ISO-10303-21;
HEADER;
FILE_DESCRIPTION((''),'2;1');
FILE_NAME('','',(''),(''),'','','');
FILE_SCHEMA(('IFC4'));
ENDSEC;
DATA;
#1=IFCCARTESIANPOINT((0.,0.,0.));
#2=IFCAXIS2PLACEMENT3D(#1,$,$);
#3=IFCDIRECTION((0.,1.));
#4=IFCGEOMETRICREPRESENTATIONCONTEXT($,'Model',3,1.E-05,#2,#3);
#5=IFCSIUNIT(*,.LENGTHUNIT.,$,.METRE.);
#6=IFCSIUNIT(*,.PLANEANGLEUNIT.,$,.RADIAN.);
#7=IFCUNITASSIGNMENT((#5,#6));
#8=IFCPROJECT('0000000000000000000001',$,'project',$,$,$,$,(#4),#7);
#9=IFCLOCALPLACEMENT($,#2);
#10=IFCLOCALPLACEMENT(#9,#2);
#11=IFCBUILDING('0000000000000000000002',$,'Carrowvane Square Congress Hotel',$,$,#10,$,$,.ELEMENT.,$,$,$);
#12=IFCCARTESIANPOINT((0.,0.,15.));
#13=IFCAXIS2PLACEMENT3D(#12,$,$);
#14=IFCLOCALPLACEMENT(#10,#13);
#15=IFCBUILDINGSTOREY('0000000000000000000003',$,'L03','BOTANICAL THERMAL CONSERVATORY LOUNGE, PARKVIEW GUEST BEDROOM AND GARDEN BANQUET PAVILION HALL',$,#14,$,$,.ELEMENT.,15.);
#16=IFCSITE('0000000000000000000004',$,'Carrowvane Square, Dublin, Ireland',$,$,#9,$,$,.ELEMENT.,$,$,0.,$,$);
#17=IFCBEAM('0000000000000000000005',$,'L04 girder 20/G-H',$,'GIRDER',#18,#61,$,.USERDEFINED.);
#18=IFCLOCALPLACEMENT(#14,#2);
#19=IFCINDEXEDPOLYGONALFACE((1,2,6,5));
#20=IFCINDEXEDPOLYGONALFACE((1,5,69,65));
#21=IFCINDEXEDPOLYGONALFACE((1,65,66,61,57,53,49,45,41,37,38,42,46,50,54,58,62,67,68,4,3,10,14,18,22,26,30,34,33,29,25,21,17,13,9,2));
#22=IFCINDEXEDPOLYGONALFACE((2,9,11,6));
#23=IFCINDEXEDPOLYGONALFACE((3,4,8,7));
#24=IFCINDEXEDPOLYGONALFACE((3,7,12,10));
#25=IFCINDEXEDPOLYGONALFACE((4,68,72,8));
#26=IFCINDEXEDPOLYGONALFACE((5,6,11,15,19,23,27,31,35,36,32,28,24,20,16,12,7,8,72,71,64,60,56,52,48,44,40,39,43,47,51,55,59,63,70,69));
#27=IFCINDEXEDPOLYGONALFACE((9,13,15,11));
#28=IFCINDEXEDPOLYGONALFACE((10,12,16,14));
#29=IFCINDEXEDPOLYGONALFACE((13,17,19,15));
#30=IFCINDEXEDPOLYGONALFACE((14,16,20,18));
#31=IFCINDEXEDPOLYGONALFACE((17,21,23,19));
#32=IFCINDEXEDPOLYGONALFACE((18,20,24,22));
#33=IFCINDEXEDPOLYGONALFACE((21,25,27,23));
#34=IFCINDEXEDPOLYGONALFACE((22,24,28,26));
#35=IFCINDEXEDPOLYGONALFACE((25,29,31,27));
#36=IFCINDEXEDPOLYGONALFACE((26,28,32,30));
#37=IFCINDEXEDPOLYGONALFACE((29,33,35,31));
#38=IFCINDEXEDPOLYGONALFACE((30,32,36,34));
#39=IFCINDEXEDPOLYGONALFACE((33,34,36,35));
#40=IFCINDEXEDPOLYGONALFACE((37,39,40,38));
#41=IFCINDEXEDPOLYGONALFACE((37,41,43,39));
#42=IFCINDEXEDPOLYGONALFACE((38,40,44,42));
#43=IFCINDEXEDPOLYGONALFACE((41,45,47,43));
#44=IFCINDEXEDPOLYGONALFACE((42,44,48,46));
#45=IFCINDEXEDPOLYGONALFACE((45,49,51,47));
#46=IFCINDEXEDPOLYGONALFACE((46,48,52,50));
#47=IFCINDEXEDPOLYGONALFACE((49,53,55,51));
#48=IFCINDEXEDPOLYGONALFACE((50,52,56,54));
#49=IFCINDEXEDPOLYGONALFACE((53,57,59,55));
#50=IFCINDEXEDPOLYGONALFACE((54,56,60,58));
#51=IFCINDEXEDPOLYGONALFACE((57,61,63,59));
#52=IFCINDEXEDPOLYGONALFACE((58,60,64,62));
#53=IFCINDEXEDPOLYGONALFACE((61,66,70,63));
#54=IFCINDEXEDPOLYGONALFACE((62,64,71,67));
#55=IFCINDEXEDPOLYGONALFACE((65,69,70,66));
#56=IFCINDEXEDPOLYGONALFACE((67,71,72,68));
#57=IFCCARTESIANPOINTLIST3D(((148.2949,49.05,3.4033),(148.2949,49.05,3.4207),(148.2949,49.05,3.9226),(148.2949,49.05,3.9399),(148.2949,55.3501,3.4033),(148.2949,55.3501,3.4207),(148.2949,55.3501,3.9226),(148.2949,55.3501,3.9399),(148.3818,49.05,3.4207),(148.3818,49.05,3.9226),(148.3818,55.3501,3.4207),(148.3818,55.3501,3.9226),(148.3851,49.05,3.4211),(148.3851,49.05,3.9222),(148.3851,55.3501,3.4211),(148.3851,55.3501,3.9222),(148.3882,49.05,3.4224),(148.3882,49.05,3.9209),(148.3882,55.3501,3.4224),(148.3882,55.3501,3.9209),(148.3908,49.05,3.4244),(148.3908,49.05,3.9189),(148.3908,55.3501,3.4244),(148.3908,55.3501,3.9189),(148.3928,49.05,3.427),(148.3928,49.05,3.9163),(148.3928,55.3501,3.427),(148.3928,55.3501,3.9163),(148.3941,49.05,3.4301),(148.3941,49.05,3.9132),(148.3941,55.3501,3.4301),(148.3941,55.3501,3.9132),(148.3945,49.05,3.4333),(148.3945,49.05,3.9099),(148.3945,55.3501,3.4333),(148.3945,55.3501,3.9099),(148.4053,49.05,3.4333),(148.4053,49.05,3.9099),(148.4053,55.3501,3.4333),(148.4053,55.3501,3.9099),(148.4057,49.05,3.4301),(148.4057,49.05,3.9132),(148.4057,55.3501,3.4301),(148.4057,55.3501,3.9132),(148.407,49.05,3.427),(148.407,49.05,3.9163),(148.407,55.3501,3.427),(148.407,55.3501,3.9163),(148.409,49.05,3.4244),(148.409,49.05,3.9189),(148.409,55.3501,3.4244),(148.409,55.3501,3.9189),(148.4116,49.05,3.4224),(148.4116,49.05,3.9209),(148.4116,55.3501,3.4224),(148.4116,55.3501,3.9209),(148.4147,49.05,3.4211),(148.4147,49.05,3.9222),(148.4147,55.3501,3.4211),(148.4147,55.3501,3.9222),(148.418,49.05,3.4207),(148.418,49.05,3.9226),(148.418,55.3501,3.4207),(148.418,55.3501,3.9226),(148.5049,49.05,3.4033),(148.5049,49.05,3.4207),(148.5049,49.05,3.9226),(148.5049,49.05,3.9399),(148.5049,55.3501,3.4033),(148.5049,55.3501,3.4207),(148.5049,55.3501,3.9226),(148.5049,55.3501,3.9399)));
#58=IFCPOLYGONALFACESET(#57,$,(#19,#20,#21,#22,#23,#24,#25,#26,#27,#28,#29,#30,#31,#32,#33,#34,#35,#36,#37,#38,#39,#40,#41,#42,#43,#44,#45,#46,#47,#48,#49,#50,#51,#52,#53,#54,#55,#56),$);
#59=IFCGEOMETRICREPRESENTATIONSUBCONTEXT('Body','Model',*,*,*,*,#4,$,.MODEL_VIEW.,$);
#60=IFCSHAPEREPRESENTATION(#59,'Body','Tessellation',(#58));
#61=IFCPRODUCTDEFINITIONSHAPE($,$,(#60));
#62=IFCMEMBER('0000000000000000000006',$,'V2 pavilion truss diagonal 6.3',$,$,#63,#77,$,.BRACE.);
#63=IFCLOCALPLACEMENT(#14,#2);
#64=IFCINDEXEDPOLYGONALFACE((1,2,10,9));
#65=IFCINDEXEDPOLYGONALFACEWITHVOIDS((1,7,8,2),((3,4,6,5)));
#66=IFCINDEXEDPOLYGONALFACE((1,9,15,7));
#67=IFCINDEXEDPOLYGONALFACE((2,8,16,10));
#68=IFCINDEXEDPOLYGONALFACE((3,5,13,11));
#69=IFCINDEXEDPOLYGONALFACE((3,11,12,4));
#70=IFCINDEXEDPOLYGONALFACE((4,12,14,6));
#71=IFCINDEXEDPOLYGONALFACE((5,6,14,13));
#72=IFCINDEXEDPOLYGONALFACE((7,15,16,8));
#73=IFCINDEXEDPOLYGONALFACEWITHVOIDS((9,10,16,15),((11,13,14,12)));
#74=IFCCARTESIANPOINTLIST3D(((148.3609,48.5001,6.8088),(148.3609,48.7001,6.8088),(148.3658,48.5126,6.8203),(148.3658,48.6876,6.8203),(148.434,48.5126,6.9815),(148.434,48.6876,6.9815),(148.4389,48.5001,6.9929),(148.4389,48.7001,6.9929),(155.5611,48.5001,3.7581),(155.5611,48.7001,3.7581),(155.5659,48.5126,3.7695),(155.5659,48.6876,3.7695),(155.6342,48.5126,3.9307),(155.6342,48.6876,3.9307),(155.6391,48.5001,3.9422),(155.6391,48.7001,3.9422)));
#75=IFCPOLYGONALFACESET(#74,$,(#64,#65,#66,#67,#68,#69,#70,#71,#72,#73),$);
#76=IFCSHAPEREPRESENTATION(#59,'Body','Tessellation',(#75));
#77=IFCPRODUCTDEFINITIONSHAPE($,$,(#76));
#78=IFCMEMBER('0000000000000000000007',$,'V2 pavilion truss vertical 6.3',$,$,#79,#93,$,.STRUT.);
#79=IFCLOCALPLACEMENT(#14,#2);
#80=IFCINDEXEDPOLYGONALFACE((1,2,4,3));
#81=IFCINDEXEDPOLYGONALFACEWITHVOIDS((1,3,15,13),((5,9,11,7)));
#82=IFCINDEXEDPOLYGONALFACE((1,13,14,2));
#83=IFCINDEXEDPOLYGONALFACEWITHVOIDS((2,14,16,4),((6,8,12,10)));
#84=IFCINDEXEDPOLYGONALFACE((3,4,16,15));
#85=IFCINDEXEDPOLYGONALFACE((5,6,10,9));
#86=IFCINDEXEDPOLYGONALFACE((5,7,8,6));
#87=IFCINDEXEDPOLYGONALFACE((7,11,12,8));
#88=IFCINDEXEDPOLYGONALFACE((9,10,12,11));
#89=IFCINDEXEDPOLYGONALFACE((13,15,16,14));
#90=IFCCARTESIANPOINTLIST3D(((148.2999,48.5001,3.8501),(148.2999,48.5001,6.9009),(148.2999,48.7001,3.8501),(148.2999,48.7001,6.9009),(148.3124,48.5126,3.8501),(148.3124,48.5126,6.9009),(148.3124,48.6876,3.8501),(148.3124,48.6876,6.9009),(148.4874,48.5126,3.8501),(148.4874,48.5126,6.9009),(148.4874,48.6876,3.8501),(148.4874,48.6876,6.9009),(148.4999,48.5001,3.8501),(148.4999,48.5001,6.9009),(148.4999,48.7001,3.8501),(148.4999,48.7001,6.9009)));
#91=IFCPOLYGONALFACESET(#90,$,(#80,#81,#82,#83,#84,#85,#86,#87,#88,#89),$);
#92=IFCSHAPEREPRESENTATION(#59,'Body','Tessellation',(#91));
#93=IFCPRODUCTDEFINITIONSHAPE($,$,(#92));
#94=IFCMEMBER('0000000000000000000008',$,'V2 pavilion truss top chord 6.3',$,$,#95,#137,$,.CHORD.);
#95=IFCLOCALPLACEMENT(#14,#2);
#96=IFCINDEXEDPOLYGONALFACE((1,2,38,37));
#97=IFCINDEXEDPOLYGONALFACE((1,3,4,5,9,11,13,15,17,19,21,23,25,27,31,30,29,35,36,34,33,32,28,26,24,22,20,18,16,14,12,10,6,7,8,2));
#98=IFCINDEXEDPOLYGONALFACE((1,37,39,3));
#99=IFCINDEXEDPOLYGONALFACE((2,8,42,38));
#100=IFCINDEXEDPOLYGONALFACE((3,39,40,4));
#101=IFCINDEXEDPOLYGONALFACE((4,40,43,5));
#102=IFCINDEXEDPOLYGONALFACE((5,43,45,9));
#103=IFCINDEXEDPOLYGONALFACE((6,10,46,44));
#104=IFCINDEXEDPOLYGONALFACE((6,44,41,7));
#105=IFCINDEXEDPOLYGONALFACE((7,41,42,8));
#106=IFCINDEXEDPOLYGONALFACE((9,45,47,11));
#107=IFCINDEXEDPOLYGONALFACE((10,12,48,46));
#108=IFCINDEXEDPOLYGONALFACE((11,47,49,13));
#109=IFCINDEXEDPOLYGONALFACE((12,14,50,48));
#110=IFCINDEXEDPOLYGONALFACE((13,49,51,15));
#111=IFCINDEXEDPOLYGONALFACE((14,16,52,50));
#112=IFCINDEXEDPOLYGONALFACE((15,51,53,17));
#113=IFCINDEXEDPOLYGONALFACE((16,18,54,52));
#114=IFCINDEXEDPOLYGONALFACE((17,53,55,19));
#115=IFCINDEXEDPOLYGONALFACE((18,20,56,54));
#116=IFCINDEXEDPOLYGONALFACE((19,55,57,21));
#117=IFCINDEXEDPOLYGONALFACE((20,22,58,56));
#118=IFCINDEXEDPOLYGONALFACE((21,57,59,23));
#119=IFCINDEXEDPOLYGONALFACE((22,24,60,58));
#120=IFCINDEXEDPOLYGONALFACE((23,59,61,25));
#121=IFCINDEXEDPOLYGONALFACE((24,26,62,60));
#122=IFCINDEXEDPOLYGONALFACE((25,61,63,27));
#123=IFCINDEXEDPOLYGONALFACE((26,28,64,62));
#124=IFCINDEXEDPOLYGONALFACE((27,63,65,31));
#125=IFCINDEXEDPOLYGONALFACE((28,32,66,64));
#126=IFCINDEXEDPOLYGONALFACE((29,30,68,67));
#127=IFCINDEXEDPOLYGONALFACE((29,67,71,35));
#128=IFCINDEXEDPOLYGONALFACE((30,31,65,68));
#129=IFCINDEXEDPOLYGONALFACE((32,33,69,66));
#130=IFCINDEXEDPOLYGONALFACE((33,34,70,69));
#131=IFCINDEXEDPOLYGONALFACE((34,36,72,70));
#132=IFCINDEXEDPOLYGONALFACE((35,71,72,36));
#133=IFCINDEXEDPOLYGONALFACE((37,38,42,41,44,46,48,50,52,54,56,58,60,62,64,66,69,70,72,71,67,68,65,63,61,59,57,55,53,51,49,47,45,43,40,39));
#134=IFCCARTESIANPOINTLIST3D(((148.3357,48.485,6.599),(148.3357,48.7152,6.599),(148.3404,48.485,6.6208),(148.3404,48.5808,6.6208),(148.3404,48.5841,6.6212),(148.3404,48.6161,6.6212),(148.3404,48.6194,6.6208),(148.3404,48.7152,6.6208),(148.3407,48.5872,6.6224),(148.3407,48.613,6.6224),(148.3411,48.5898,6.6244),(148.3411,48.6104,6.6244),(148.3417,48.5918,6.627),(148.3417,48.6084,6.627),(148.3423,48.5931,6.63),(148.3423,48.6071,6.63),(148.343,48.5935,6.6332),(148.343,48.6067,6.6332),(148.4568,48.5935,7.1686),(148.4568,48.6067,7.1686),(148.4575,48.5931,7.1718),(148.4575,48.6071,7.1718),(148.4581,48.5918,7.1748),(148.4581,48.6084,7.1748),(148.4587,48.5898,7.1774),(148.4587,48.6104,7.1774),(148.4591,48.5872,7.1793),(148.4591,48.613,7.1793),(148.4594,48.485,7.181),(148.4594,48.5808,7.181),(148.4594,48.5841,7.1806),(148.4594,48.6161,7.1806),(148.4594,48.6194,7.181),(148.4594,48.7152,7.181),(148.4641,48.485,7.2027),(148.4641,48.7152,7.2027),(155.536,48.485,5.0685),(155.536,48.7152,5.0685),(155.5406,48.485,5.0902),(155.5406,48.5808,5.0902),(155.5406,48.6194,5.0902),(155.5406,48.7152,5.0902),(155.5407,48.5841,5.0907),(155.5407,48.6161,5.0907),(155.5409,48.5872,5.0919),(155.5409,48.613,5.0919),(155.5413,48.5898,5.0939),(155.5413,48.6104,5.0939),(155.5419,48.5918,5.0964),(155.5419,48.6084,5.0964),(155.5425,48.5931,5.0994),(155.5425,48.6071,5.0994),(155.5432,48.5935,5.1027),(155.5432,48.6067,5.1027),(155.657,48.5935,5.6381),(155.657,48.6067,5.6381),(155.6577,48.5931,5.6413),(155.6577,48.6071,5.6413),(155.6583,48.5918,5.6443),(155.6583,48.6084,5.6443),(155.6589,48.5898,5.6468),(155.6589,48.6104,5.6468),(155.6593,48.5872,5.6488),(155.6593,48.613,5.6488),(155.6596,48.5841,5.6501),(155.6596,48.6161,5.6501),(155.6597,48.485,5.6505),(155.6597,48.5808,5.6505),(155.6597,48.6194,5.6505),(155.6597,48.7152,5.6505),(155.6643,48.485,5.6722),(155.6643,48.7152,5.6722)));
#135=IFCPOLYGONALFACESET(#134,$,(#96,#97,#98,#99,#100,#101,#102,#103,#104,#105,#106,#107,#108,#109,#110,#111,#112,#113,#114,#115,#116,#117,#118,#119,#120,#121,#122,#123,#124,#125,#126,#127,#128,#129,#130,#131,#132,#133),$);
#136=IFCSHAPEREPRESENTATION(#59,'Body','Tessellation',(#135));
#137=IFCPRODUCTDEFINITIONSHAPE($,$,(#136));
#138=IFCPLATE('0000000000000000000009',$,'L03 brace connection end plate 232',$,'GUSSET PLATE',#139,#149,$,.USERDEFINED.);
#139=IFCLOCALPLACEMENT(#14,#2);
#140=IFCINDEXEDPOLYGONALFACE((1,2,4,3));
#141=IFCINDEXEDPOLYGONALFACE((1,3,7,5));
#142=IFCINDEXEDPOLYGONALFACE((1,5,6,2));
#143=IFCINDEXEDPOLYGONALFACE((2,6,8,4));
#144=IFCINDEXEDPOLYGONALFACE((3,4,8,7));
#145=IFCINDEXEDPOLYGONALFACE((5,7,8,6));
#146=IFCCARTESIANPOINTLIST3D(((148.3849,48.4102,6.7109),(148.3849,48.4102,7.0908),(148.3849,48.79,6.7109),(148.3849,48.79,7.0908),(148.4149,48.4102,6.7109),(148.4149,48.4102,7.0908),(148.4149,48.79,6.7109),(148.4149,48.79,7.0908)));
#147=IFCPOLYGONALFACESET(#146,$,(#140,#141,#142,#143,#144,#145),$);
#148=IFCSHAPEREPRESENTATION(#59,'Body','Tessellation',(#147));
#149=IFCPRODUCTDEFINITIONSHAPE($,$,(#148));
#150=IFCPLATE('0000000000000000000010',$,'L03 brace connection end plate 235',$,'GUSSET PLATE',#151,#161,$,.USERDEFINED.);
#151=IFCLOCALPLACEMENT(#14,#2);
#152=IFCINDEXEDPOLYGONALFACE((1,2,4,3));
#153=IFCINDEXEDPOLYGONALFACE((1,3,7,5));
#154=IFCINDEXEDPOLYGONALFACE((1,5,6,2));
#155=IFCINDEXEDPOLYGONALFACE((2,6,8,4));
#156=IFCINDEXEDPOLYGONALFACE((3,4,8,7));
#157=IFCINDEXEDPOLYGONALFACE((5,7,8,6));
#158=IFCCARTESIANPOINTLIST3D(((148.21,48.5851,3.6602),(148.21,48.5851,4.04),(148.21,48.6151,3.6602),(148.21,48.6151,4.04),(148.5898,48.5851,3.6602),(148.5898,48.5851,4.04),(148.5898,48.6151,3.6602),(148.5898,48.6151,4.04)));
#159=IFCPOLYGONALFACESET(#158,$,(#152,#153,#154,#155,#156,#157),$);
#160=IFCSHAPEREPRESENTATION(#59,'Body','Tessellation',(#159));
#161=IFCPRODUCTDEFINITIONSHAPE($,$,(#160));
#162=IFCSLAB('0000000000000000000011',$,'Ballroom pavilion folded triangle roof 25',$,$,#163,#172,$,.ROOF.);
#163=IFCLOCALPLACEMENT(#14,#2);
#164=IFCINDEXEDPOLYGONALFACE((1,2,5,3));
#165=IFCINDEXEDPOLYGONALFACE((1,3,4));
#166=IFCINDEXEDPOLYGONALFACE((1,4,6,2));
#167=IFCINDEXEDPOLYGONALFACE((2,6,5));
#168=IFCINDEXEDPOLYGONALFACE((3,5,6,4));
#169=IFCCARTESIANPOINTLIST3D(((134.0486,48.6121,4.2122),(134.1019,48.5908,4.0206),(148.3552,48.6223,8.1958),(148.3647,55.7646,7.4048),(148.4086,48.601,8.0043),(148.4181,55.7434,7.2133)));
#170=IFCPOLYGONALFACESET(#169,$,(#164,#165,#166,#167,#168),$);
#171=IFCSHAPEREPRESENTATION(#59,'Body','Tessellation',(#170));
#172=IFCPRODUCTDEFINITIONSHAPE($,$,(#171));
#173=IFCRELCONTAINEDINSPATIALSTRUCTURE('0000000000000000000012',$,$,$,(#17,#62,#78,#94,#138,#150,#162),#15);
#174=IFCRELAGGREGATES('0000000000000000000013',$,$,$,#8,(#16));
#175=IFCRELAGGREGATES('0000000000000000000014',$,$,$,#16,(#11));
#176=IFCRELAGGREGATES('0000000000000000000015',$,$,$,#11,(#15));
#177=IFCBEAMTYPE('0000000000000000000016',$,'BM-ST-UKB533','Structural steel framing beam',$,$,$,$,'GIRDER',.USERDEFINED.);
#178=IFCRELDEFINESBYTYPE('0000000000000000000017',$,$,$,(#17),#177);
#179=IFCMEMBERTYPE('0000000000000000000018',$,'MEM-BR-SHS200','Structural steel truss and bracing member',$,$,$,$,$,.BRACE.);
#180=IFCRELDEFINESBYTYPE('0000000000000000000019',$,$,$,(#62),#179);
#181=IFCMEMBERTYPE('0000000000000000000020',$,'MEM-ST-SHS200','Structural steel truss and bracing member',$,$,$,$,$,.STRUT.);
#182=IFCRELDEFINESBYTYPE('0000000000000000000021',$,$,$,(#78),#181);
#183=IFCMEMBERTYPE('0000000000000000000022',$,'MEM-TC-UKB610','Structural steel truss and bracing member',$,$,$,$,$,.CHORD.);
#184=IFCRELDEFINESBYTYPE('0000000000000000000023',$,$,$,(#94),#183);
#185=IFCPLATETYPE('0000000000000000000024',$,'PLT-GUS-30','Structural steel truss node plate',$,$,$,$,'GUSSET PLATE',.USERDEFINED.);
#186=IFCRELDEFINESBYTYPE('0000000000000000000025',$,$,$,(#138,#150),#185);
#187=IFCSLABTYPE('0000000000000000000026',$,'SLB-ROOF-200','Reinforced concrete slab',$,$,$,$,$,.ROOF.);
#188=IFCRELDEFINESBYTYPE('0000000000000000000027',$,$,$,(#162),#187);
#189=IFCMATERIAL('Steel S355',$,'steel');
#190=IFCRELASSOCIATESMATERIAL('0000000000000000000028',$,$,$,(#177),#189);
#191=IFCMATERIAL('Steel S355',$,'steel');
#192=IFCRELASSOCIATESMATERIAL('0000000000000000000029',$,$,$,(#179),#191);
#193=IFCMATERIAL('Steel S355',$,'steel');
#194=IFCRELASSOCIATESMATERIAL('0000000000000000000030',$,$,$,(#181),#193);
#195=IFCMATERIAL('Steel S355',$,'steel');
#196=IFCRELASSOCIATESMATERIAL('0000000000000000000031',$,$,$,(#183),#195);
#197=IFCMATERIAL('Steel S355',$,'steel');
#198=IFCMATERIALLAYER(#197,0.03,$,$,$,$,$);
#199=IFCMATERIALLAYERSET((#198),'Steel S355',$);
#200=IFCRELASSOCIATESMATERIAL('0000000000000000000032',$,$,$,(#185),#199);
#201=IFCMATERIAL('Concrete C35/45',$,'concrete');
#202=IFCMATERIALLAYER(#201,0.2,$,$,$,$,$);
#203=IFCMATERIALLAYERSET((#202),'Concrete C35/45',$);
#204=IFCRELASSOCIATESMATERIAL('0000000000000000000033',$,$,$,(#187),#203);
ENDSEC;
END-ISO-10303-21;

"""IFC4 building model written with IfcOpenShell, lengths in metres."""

from ifc_helpers import new_model, si_unit, direction, frame, origin, origin_2d, place, context, subcontext, project, spatial, polyline, rectangle, hollow_rectangle, i_section, outline, extrude, material, layer, layer_set, material_profile, profile_set, type_object, element, save


model = new_model("IFC4")

# Units and contexts
model_context = context("Model", 3, precision=1e-05, world=origin(), true_north=direction((0.0, 1.0)))
body_context = subcontext(model_context, "Body", "Model", "MODEL_VIEW")
ifc_project = project(units=[si_unit("LENGTHUNIT", "METRE"), si_unit("PLANEANGLEUNIT", "RADIAN")], contexts=[model_context])

# Site, building, storey
site_placement = place(None, origin())
site = spatial("IfcSite", under=ifc_project, at=site_placement, Name="Carrowvane Square, Dublin, Ireland", CompositionType="ELEMENT", RefElevation=0.0)
building_placement = place(site_placement, origin())
building = spatial("IfcBuilding", under=site, at=building_placement, Name="Carrowvane Square Congress Hotel", CompositionType="ELEMENT")
storey_placement = place(building_placement, frame((0.0, 0.0, 15.0)))
storey = spatial("IfcBuildingStorey", under=building, at=storey_placement, Name="L03", Description="BOTANICAL THERMAL CONSERVATORY LOUNGE, PARKVIEW GUEST BEDROOM AND GARDEN BANQUET PAVILION HALL", CompositionType="ELEMENT", Elevation=15.0)

# Beam
ifc_material_1 = material(Name="Steel S355", Category="steel")
ifc_material_profile_1 = material_profile(ifc_material_1, i_section(OverallWidth=0.21, OverallDepth=0.5366, WebThickness=0.0107, FlangeThickness=0.0173, FilletRadius=0.0127, at=origin_2d()), Name="UKB 533x210x101")
ifc_profile_set_1 = profile_set([ifc_material_profile_1], Name="Steel S355")
beam_type_1 = type_object("IfcBeamType", Name="BM-ST-UKB533", Description="Structural steel framing beam", ElementType="GIRDER", PredefinedType="USERDEFINED", material=ifc_profile_set_1)
for number, where, z_axis, x_axis, name in (
    (1, (148.3999, 49.05, 3.6716), (0.0, 1.0, 0.0), (-1.0, 0.0, 0.0), "L04 girder 20/G-H"),
):
    element("IfcBeam", number, at=place(storey_placement, frame(where, z_axis=z_axis, x_axis=x_axis)), inside=storey, type_object=beam_type_1, Name=name, ObjectType="GIRDER", PredefinedType="USERDEFINED", context=body_context, shape_type="SweptSolid", body=[
        extrude(i_section(OverallWidth=0.21, OverallDepth=0.5366, WebThickness=0.0107, FlangeThickness=0.0173, FilletRadius=0.0127, at=origin_2d()), origin(), (0.0, 0.0, 1.0), 6.3),
    ])

# Members
ifc_material_2 = material(Name="Steel S355", Category="steel")
ifc_material_profile_2 = material_profile(ifc_material_2, hollow_rectangle(XDim=0.2, YDim=0.2, WallThickness=0.0125, at=origin_2d()), Name="SHS 200x200x12.5")
ifc_profile_set_2 = profile_set([ifc_material_profile_2], Name="Steel S355")
member_type_1 = type_object("IfcMemberType", Name="MEM-BR-SHS200", Description="Structural steel truss and bracing member", PredefinedType="BRACE", material=ifc_profile_set_2)
member_1_placement = place(storey_placement, frame((148.3999, 48.6001, 6.9009), z_axis=(0.920759, 0.0, -0.390133), x_axis=(0.0, 1.0, 0.0)))
element("IfcMember", 2, at=member_1_placement, inside=storey, type_object=member_type_1, Name="V2 pavilion truss diagonal 6.3", PredefinedType="BRACE", context=body_context, shape_type="SweptSolid", body=[
    extrude(hollow_rectangle(XDim=0.2, YDim=0.2, WallThickness=0.0125, at=origin_2d()), origin(), (0.0, 0.0, 1.0), 7.8198),
])
ifc_material_3 = material(Name="Steel S355", Category="steel")
ifc_material_profile_3 = material_profile(ifc_material_3, hollow_rectangle(XDim=0.2, YDim=0.2, WallThickness=0.0125, at=origin_2d()), Name="SHS 200x200x12.5")
ifc_profile_set_3 = profile_set([ifc_material_profile_3], Name="Steel S355")
member_type_2 = type_object("IfcMemberType", Name="MEM-ST-SHS200", Description="Structural steel truss and bracing member", PredefinedType="STRUT", material=ifc_profile_set_3)
member_2_placement = place(storey_placement, frame((148.3999, 48.6001, 3.8501), z_axis=(0.0, 0.0, 1.0), x_axis=(1.0, 0.0, 0.0)))
element("IfcMember", 3, at=member_2_placement, inside=storey, type_object=member_type_2, Name="V2 pavilion truss vertical 6.3", PredefinedType="STRUT", context=body_context, shape_type="SweptSolid", body=[
    extrude(hollow_rectangle(XDim=0.2, YDim=0.2, WallThickness=0.0125, at=origin_2d()), origin(), (0.0, 0.0, 1.0), 3.0508),
])
ifc_material_4 = material(Name="Steel S355", Category="steel")
ifc_material_profile_4 = material_profile(ifc_material_4, i_section(OverallWidth=0.2302, OverallDepth=0.6172, WebThickness=0.0132, FlangeThickness=0.0222, FilletRadius=0.0127, at=origin_2d()), Name="UKB 610x229x140")
ifc_profile_set_4 = profile_set([ifc_material_profile_4], Name="Steel S355")
member_type_3 = type_object("IfcMemberType", Name="MEM-TC-UKB610", Description="Structural steel truss and bracing member", PredefinedType="CHORD", material=ifc_profile_set_4)
member_3_placement = place(storey_placement, frame((148.3999, 48.6001, 6.9009), z_axis=(0.978146, 0.0, -0.207921), x_axis=(0.0, 1.0, 0.0)))
element("IfcMember", 4, at=member_3_placement, inside=storey, type_object=member_type_3, Name="V2 pavilion truss top chord 6.3", PredefinedType="CHORD", context=body_context, shape_type="SweptSolid", body=[
    extrude(i_section(OverallWidth=0.2302, OverallDepth=0.6172, WebThickness=0.0132, FlangeThickness=0.0222, FilletRadius=0.0127, at=origin_2d()), origin(), (0.0, 0.0, 1.0), 7.3611),
])

# Plates
ifc_material_5 = material(Name="Steel S355", Category="steel")
ifc_layer_1 = layer(ifc_material_5, 0.03)
ifc_layer_set_1 = layer_set([ifc_layer_1], Name="Steel S355")
plate_type = type_object("IfcPlateType", Name="PLT-GUS-30", Description="Structural steel truss node plate", ElementType="GUSSET PLATE", PredefinedType="USERDEFINED", material=ifc_layer_set_1)
plate_1_placement = place(storey_placement, frame((148.3999, 48.6001, 6.7109), z_axis=(0.0, 0.0, 1.0), x_axis=(1.0, 0.0, 0.0)))
element("IfcPlate", 5, at=plate_1_placement, inside=storey, type_object=plate_type, Name="L03 brace connection end plate 232", ObjectType="GUSSET PLATE", PredefinedType="USERDEFINED", context=body_context, shape_type="SweptSolid", body=[
    extrude(rectangle(XDim=0.03, YDim=0.3799, at=origin_2d()), origin(), (0.0, 0.0, 1.0), 0.3799),
])
plate_2_placement = place(storey_placement, frame((148.3999, 48.6001, 3.6602), z_axis=(0.0, 0.0, 1.0), x_axis=(1.0, 0.0, 0.0)))
element("IfcPlate", 6, at=plate_2_placement, inside=storey, type_object=plate_type, Name="L03 brace connection end plate 235", ObjectType="GUSSET PLATE", PredefinedType="USERDEFINED", context=body_context, shape_type="SweptSolid", body=[
    extrude(rectangle(XDim=0.3799, YDim=0.03, at=origin_2d()), origin(), (0.0, 0.0, 1.0), 0.3799),
])

# Slab
ifc_material_6 = material(Name="Concrete C35/45", Category="concrete")
ifc_layer_2 = layer(ifc_material_6, 0.2)
ifc_layer_set_2 = layer_set([ifc_layer_2], Name="Concrete C35/45")
slab_type = type_object("IfcSlabType", Name="SLB-ROOF-200", Description="Reinforced concrete slab", PredefinedType="ROOF", material=ifc_layer_set_2)
slab_1_placement = place(storey_placement, frame((134.0486, 48.6121, 4.2122), z_axis=(-0.266789, 0.106439, 0.957859), x_axis=(0.963351, 0.00069, 0.268242)))
element("IfcSlab", 7, at=slab_1_placement, inside=storey, type_object=slab_type, Name="Ballroom pavilion folded triangle roof 25", PredefinedType="ROOF", context=body_context, shape_type="SweptSolid", body=[
    extrude(outline(polyline([(0.0, 0.0), (14.8509, 0.0), (14.6528, 7.1833), (0.0, 0.0)])), origin(), (0.0, 0.0, -1.0), 0.2),
])

save(model, "model.ifc")
